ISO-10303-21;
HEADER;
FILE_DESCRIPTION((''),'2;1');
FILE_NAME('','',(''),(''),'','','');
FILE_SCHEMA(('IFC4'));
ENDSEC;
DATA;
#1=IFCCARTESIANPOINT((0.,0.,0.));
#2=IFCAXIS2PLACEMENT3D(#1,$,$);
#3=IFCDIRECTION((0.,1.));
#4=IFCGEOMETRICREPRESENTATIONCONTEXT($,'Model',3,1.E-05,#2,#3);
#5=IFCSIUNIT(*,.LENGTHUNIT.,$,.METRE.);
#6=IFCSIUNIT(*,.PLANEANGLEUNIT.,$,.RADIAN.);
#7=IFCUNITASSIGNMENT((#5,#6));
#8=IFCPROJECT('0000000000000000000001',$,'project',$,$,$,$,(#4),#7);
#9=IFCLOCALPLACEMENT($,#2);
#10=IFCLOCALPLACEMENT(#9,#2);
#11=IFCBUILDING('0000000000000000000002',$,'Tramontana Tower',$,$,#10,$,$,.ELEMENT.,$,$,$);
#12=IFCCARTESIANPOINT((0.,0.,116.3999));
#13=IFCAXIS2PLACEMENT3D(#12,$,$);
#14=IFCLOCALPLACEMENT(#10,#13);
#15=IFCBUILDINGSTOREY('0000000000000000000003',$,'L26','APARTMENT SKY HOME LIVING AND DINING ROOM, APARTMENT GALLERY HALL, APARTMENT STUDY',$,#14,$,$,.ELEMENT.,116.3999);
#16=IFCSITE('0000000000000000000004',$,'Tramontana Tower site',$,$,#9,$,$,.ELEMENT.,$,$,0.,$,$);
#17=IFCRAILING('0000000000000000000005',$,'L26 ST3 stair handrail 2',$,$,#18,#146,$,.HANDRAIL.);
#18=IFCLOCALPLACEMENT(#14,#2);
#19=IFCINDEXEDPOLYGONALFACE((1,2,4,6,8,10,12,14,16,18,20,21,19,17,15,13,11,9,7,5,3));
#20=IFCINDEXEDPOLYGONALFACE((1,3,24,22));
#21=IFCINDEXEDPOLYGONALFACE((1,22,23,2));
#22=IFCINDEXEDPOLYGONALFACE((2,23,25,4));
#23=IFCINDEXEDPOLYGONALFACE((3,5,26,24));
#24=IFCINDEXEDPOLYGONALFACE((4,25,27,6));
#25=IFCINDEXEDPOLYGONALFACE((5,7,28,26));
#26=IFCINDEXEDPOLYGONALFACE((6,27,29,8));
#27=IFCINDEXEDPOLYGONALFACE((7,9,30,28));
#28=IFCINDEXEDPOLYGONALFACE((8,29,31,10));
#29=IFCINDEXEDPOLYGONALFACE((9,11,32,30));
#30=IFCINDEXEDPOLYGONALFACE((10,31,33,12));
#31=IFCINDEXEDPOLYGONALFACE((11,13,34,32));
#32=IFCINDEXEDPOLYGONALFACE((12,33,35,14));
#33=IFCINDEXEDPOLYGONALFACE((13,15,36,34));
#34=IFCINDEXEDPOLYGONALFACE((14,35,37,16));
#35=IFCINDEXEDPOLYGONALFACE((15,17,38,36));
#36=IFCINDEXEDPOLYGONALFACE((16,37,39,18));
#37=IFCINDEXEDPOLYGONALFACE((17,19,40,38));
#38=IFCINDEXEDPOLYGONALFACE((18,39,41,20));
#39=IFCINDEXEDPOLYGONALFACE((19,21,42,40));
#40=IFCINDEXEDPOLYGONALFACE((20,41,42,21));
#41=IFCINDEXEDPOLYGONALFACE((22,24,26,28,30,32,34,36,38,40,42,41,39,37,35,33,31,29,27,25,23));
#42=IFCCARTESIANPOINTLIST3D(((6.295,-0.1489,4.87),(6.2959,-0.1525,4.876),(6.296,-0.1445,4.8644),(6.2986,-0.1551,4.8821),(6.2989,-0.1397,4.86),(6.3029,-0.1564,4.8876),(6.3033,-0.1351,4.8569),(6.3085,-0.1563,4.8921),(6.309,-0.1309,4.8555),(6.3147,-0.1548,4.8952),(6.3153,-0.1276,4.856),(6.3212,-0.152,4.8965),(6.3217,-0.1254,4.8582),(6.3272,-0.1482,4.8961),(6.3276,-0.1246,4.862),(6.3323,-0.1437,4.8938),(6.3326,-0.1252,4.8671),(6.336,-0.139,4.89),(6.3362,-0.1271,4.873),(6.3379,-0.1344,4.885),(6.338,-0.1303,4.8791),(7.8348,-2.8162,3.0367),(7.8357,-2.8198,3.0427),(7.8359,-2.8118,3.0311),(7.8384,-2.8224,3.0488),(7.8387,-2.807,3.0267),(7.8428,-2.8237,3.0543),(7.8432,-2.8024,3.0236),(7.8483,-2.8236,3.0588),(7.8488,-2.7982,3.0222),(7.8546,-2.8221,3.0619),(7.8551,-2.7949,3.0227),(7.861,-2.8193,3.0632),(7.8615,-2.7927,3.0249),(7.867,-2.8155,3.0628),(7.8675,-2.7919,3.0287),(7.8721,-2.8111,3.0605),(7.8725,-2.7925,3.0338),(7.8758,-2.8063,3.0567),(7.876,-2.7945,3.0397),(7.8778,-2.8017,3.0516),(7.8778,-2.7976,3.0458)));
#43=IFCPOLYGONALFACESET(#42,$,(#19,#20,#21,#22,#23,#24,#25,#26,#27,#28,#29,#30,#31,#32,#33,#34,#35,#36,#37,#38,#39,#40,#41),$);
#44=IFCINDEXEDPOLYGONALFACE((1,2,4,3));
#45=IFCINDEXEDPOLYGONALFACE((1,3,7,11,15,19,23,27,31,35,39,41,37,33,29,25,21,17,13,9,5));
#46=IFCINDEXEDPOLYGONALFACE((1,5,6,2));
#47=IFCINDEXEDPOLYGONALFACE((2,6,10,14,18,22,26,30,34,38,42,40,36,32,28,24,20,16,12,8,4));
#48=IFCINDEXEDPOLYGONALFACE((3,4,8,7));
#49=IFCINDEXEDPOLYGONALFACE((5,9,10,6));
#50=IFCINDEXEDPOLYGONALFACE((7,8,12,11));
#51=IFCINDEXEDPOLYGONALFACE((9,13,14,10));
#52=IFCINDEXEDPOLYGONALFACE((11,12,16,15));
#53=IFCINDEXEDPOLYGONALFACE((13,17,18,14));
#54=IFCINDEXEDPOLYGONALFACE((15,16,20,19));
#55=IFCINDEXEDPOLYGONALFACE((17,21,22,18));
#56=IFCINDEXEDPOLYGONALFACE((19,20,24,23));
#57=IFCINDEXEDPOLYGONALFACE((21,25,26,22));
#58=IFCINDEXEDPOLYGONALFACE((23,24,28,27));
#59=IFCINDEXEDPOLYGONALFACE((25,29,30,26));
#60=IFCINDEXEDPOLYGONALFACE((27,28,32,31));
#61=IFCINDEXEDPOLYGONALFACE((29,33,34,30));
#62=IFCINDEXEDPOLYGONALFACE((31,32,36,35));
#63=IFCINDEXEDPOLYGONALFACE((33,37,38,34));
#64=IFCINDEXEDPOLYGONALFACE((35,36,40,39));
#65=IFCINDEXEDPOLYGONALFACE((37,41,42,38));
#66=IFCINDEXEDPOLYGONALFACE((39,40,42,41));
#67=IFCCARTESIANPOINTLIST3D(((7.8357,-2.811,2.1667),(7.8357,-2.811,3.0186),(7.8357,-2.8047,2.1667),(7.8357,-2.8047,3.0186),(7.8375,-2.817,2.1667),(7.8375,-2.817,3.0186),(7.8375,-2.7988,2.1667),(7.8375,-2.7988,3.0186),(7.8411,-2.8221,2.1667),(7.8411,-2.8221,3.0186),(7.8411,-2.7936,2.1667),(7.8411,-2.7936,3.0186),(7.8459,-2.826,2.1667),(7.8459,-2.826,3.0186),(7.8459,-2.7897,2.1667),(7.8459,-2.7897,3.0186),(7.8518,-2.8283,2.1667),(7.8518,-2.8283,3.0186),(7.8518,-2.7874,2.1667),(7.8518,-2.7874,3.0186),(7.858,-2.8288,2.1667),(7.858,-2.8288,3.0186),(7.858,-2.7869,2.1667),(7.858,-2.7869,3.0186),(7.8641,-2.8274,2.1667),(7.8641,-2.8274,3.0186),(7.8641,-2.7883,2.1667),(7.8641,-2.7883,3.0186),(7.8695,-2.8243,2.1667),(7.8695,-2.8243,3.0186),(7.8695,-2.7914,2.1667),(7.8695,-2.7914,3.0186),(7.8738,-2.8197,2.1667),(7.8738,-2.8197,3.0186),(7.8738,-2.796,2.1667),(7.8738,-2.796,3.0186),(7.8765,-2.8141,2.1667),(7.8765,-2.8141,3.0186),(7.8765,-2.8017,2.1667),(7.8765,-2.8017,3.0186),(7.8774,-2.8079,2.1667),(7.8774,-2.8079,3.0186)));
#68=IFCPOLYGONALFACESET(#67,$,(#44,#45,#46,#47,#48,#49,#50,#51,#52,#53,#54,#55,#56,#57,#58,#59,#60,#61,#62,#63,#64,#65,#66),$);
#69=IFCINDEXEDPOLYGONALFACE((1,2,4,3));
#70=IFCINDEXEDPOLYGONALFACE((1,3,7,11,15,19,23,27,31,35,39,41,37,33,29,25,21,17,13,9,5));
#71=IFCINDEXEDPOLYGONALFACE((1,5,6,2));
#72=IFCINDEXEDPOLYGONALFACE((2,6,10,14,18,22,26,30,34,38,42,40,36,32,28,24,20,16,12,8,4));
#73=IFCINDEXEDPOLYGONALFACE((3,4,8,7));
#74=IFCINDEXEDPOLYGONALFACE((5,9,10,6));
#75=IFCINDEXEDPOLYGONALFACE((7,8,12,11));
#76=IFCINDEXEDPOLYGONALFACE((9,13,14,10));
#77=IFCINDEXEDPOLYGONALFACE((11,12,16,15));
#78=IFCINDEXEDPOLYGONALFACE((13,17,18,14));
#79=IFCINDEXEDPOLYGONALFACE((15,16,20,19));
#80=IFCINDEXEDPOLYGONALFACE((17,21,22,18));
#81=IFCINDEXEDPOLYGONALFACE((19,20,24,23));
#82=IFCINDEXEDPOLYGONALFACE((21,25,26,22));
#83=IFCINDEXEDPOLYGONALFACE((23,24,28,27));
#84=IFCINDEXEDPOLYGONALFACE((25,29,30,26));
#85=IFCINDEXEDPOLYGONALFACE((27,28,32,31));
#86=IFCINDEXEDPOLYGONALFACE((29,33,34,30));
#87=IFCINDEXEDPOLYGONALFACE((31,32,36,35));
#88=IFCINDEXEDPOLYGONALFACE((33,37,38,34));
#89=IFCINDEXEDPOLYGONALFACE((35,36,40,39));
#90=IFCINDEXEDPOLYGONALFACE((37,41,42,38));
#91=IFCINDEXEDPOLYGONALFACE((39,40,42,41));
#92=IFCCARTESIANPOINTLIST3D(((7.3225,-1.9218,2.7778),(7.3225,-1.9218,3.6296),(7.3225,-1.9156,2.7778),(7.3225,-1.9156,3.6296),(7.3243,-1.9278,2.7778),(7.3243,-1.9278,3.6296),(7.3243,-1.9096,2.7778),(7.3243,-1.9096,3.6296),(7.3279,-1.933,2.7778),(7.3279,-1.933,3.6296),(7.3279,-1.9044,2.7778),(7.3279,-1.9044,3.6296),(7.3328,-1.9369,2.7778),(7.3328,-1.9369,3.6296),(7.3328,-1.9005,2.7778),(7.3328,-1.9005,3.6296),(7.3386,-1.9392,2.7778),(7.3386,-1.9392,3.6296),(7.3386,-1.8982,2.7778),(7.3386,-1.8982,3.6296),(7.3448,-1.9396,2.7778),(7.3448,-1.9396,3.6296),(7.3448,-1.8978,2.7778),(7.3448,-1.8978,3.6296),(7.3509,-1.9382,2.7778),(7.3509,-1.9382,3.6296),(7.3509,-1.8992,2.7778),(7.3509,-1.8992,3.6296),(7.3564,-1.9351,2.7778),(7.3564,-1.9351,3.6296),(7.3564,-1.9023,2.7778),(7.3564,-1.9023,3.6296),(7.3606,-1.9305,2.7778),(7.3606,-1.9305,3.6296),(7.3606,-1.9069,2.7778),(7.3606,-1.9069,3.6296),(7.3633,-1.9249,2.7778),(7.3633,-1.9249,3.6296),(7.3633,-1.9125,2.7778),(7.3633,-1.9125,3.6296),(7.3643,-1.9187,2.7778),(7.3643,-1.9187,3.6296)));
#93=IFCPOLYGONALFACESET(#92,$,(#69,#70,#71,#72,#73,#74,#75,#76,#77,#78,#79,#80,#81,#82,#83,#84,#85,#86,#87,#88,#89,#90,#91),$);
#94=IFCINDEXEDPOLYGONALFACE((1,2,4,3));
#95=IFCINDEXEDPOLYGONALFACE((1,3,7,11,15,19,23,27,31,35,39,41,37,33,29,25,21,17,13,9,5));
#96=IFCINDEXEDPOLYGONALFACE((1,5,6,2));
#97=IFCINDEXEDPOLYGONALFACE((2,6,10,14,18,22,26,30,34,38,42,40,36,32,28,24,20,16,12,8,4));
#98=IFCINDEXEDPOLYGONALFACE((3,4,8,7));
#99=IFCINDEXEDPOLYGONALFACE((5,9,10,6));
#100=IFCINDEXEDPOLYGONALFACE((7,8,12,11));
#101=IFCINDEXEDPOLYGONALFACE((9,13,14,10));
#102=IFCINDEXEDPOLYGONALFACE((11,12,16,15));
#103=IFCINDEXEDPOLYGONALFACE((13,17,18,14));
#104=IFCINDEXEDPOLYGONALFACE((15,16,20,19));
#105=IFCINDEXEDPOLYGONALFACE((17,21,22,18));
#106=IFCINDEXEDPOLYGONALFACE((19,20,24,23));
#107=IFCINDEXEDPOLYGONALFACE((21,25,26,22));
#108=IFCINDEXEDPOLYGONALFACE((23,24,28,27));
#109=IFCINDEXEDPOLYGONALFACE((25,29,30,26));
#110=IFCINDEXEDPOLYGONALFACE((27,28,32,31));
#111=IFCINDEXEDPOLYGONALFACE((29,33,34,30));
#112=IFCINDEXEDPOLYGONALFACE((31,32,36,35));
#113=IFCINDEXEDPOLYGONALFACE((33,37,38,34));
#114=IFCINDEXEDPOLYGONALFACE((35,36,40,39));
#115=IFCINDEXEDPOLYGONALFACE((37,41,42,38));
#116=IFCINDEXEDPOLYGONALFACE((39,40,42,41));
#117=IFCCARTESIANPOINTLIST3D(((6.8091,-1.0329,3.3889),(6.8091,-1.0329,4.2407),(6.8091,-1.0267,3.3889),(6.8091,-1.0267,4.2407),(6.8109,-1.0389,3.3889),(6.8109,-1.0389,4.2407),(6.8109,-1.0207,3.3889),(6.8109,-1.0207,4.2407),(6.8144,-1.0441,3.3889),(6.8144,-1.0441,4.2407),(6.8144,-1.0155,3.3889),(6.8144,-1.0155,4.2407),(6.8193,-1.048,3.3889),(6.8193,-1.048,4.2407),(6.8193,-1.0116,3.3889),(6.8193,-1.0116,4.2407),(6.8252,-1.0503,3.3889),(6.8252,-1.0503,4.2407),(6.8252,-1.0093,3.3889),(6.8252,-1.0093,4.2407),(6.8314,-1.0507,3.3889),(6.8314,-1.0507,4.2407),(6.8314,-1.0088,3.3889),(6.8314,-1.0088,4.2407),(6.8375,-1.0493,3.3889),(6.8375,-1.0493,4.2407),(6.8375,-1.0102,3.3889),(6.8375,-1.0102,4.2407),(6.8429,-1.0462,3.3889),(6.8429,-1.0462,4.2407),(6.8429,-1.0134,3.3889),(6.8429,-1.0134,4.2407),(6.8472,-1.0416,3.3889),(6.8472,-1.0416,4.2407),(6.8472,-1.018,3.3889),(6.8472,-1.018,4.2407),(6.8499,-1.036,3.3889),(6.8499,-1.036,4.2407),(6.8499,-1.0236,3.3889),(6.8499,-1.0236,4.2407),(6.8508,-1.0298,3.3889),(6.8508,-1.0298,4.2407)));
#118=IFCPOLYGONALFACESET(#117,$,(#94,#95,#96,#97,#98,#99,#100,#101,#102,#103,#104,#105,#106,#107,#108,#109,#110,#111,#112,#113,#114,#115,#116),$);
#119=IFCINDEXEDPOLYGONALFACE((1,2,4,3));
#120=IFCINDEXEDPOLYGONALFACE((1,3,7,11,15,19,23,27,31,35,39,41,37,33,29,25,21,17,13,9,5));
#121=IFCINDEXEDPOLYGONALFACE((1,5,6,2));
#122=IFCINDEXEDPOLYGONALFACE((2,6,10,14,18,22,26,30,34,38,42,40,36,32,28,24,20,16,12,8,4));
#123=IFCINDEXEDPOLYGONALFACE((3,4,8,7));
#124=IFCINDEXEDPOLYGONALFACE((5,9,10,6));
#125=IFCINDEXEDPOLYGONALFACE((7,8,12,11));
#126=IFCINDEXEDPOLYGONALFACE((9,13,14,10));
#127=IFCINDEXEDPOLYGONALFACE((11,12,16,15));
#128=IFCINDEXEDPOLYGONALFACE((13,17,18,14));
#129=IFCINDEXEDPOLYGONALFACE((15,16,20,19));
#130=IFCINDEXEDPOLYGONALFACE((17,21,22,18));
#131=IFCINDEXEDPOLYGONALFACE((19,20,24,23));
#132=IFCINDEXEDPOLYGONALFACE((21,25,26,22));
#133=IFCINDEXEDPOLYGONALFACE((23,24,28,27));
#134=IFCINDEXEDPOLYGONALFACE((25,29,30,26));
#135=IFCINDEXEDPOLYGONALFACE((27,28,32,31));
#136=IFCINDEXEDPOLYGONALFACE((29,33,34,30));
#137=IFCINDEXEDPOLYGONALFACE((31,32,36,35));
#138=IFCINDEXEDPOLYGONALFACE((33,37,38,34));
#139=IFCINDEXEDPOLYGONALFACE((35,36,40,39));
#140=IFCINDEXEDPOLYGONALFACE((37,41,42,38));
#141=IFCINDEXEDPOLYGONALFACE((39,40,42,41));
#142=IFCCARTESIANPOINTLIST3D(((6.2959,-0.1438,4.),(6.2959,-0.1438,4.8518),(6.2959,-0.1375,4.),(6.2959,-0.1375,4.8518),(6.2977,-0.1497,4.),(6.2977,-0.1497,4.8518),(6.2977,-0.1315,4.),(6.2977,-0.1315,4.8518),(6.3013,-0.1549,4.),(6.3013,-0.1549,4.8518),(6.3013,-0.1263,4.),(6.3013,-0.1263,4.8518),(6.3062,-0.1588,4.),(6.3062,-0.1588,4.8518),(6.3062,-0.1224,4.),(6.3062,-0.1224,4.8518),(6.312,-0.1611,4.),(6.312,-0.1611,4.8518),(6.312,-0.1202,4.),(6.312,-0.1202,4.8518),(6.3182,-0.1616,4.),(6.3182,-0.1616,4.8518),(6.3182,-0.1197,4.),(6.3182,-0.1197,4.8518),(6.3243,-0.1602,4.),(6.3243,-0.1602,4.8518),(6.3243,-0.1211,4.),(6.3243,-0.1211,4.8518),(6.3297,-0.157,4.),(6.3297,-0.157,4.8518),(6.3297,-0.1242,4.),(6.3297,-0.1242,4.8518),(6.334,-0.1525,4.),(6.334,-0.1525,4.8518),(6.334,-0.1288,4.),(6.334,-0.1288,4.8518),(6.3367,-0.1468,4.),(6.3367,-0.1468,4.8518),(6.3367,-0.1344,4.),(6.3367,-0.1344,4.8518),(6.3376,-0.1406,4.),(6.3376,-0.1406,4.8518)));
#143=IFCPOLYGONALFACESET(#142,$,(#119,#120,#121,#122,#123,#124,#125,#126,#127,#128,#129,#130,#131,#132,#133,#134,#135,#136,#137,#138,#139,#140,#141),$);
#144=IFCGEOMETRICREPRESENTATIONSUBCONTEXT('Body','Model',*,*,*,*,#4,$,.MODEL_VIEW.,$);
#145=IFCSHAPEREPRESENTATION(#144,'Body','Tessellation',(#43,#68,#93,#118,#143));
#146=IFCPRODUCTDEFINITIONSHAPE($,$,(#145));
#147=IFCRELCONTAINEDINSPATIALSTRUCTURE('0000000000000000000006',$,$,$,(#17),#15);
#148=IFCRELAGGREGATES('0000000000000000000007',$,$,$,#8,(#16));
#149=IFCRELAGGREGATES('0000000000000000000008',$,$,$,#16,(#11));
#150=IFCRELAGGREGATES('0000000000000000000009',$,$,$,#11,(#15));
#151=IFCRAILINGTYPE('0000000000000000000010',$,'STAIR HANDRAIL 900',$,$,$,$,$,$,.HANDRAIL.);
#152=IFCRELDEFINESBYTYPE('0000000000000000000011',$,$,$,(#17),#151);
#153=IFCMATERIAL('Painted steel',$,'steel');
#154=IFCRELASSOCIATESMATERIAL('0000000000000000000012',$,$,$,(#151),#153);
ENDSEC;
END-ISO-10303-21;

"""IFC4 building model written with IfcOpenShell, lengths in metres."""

from ifc_helpers import new_model, si_unit, direction, frame, origin, origin_2d, place, context, subcontext, project, spatial, circle, extrude, material, type_object, element, save


model = new_model("IFC4")

# Units and contexts
model_context = context("Model", 3, precision=1e-05, world=origin(), true_north=direction((0.0, 1.0)))
body_context = subcontext(model_context, "Body", "Model", "MODEL_VIEW")
ifc_project = project(units=[si_unit("LENGTHUNIT", "METRE"), si_unit("PLANEANGLEUNIT", "RADIAN")], contexts=[model_context])

# Site, building, storey
site_placement = place(None, origin())
site = spatial("IfcSite", under=ifc_project, at=site_placement, Name="Tramontana Tower site", CompositionType="ELEMENT", RefElevation=0.0)
building_placement = place(site_placement, origin())
building = spatial("IfcBuilding", under=site, at=building_placement, Name="Tramontana Tower", CompositionType="ELEMENT")
storey_placement = place(building_placement, frame((0.0, 0.0, 116.3999)))
storey = spatial("IfcBuildingStorey", under=building, at=storey_placement, Name="L26", Description="APARTMENT SKY HOME LIVING AND DINING ROOM, APARTMENT GALLERY HALL, APARTMENT STUDY", CompositionType="ELEMENT", Elevation=116.3999)

# Railing
ifc_material_1 = material(Name="Painted steel", Category="steel")
railing_type_1 = type_object("IfcRailingType", Name="STAIR HANDRAIL 900", PredefinedType="HANDRAIL", material=ifc_material_1)
railing_1_placement = place(storey_placement, frame((7.8564, -2.8079, 2.1667)))
element("IfcRailing", 1, at=railing_1_placement, inside=storey, type_object=railing_type_1, Name="L26 ST3 stair handrail 2", PredefinedType="HANDRAIL", context=body_context, shape_type="SweptSolid", body=[
    extrude(circle(Radius=0.0239, at=origin_2d()), frame((0.0, 0.0, 0.876), z_axis=(-0.429616, 0.744181, 0.511493), x_axis=(-0.866044, -0.499967, 0.0)), (0.0, 0.0, 1.0), 3.5842),
    extrude(circle(Radius=0.021, at=origin_2d()), origin(), (0.0, 0.0, 1.0), 0.8518),
    extrude(circle(Radius=0.021, at=origin_2d()), frame((-0.5132, 0.8892, 0.6111)), (0.0, 0.0, 1.0), 0.8518),
    extrude(circle(Radius=0.021, at=origin_2d()), frame((-1.0266, 1.7781, 1.2222)), (0.0, 0.0, 1.0), 0.8518),
    extrude(circle(Radius=0.021, at=origin_2d()), frame((-1.5398, 2.6672, 1.8333)), (0.0, 0.0, 1.0), 0.8518),
])

save(model, "model.ifc")
